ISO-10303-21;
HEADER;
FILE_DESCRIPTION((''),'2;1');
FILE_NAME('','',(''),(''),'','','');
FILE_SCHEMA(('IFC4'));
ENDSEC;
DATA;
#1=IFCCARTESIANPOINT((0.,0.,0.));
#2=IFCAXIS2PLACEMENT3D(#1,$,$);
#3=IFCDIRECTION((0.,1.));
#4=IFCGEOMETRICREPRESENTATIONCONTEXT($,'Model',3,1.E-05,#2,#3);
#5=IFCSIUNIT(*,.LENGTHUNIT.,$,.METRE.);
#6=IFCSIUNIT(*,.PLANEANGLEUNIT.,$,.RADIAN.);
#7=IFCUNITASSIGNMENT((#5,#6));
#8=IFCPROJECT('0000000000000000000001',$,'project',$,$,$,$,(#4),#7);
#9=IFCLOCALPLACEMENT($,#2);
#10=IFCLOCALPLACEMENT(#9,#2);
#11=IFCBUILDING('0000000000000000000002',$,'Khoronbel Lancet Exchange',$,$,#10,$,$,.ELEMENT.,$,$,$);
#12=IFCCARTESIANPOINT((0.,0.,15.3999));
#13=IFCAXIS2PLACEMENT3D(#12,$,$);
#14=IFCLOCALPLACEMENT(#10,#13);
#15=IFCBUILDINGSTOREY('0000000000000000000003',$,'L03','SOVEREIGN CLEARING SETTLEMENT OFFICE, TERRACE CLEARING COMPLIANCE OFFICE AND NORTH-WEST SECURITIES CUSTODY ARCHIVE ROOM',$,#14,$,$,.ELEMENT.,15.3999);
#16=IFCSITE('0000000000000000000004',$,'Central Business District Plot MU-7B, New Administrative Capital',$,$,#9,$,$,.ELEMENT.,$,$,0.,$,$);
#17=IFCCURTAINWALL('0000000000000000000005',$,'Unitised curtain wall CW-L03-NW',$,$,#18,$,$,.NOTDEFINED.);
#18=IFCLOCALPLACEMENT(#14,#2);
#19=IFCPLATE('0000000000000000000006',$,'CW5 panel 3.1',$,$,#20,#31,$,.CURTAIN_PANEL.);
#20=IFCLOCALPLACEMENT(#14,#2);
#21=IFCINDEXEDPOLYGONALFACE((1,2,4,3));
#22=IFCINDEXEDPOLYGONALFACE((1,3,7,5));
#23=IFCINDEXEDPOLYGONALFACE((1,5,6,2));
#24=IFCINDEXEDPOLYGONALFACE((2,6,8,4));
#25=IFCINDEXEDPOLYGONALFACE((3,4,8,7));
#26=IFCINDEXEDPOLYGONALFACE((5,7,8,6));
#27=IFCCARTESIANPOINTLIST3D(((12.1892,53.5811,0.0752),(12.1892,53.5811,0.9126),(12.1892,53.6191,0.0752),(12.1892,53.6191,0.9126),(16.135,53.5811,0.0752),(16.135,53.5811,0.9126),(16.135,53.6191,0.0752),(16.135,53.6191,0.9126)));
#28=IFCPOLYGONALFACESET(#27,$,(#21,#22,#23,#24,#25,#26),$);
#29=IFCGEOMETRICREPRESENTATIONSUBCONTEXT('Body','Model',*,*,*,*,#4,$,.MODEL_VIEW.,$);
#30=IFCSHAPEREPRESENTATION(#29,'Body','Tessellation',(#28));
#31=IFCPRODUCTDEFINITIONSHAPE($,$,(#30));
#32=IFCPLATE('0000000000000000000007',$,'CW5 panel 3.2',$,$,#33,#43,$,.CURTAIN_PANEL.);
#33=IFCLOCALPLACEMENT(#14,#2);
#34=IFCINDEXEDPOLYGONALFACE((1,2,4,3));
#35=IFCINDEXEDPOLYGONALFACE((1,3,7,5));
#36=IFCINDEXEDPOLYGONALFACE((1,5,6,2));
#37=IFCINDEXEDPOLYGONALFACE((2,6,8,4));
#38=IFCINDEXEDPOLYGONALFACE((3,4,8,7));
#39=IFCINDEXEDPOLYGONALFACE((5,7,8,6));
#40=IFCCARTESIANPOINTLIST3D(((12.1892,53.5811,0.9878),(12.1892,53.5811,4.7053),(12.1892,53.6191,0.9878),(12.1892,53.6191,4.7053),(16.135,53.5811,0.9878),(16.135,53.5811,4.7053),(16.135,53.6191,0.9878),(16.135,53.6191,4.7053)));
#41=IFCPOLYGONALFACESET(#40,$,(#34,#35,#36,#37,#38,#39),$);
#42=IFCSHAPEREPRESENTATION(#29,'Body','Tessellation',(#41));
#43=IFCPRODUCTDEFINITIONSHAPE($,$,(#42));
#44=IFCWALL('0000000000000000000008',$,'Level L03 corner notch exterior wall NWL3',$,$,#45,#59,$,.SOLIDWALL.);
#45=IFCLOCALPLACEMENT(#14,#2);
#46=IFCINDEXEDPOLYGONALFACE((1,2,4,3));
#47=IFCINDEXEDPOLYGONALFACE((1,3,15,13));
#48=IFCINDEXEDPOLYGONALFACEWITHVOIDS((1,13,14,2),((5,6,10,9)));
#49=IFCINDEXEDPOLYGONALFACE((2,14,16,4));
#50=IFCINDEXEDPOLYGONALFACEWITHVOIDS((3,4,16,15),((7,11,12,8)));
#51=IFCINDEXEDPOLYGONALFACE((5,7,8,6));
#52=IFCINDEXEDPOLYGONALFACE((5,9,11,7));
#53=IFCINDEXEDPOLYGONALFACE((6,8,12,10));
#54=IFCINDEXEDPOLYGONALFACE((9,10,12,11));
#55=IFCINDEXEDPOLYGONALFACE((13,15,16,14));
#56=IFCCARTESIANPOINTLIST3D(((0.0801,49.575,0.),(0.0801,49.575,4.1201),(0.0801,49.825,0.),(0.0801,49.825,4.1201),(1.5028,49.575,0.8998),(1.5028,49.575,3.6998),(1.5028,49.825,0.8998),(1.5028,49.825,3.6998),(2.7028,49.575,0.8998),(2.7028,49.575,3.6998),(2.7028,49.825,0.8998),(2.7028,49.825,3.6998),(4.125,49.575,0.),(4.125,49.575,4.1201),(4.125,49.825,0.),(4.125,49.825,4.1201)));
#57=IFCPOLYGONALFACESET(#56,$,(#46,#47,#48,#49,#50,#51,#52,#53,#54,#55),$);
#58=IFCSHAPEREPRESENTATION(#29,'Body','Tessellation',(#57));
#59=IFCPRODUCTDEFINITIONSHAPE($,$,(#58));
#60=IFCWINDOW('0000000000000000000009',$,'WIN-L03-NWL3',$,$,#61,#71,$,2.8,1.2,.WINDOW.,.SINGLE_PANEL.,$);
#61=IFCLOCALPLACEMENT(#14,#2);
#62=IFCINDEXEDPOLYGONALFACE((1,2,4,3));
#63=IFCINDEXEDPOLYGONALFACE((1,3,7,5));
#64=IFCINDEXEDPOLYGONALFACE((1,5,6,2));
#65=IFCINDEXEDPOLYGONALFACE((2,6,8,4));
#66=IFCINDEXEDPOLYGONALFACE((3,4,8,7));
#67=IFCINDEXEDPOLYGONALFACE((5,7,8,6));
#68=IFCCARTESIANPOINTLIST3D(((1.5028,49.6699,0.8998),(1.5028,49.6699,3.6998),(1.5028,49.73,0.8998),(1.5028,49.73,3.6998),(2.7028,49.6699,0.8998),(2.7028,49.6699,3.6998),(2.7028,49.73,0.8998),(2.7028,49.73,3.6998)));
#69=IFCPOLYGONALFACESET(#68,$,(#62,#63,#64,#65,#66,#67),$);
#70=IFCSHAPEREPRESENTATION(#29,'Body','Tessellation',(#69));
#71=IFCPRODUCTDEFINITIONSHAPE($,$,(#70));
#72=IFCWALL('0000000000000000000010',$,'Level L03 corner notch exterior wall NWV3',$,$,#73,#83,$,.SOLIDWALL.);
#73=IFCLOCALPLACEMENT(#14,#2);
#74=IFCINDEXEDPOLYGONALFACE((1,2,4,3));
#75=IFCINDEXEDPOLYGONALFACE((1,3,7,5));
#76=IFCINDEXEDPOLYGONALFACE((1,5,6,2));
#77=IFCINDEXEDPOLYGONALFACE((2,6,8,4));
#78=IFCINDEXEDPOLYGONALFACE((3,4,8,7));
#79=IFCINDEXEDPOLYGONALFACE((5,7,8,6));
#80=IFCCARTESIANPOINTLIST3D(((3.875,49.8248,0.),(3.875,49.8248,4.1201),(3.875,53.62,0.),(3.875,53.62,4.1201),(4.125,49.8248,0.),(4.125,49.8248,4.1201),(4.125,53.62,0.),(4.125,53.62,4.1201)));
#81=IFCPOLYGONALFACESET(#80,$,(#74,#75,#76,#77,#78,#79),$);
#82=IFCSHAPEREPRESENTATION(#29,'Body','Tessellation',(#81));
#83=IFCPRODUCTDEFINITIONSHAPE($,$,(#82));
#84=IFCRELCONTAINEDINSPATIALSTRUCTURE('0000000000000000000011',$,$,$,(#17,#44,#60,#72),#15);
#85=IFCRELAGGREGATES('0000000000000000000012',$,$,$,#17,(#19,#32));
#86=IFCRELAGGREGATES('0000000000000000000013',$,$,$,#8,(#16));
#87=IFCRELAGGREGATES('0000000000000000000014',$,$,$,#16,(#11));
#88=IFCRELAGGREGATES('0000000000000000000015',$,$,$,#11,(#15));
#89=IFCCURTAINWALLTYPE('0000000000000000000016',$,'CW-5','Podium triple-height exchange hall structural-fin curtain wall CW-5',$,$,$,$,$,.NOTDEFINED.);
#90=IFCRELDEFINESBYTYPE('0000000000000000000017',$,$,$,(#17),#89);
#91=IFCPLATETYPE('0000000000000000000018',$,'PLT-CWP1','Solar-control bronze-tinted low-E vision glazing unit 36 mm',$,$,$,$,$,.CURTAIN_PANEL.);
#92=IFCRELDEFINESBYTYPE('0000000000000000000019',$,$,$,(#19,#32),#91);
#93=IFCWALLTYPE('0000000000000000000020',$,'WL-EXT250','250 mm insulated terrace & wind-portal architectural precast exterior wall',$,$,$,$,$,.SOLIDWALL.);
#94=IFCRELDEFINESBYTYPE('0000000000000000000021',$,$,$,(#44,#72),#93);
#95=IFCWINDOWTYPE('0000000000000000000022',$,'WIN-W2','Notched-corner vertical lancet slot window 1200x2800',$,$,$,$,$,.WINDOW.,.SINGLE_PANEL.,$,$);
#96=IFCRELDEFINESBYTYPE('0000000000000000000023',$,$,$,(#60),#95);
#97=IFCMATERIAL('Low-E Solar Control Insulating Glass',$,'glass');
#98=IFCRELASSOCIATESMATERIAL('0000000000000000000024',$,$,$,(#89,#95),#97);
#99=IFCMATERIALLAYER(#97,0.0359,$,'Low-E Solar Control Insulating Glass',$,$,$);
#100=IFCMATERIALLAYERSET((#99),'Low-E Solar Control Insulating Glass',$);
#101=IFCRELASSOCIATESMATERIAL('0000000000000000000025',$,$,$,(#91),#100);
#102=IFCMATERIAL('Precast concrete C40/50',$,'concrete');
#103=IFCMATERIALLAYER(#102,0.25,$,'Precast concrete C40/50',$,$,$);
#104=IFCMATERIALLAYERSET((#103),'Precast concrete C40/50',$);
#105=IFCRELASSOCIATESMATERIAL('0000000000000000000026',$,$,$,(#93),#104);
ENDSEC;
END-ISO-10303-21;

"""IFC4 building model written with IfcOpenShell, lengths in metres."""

from ifc_helpers import new_model, si_unit, direction, frame, frame_2d, origin, origin_2d, place, context, subcontext, project, spatial, rectangle, extrude, material, layer, layer_set, type_object, element, fill, aggregate, save


model = new_model("IFC4")

# Units and contexts
model_context = context("Model", 3, precision=1e-05, world=origin(), true_north=direction((0.0, 1.0)))
body_context = subcontext(model_context, "Body", "Model", "MODEL_VIEW")
ifc_project = project(units=[si_unit("LENGTHUNIT", "METRE"), si_unit("PLANEANGLEUNIT", "RADIAN")], contexts=[model_context])

# Site, building, storey
site_placement = place(None, origin())
site = spatial("IfcSite", under=ifc_project, at=site_placement, Name="Central Business District Plot MU-7B, New Administrative Capital", CompositionType="ELEMENT", RefElevation=0.0)
building_placement = place(site_placement, origin())
building = spatial("IfcBuilding", under=site, at=building_placement, Name="Khoronbel Lancet Exchange", CompositionType="ELEMENT")
storey_placement = place(building_placement, frame((0.0, 0.0, 15.3999)))
storey = spatial("IfcBuildingStorey", under=building, at=storey_placement, Name="L03", Description="SOVEREIGN CLEARING SETTLEMENT OFFICE, TERRACE CLEARING COMPLIANCE OFFICE AND NORTH-WEST SECURITIES CUSTODY ARCHIVE ROOM", CompositionType="ELEMENT", Elevation=15.3999)

# Shared definitions
ifc_material_1 = material(Name="Low-E Solar Control Insulating Glass", Category="glass")
curtain_wall_type = type_object("IfcCurtainWallType", Name="CW-5", Description="Podium triple-height exchange hall structural-fin curtain wall CW-5", PredefinedType="NOTDEFINED", material=ifc_material_1)

# Curtain wall, plates
curtain_wall_1_placement = place(storey_placement, origin())
curtain_wall_1 = element("IfcCurtainWall", 1, at=curtain_wall_1_placement, inside=storey, type_object=curtain_wall_type, Name="Unitised curtain wall CW-L03-NW", PredefinedType="NOTDEFINED")
ifc_layer_1 = layer(ifc_material_1, 0.0359, Name="Low-E Solar Control Insulating Glass")
ifc_layer_set_1 = layer_set([ifc_layer_1], Name="Low-E Solar Control Insulating Glass")
plate_type_1 = type_object("IfcPlateType", Name="PLT-CWP1", Description="Solar-control bronze-tinted low-E vision glazing unit 36 mm", PredefinedType="CURTAIN_PANEL", material=ifc_layer_set_1)
plate_1_placement = place(storey_placement, frame((14.1621, 53.6001, 0.0752), z_axis=(0.0, 0.0, 1.0), x_axis=(1.0, 0.0, 0.0)))
plate_1 = element("IfcPlate", 2, at=plate_1_placement, type_object=plate_type_1, Name="CW5 panel 3.1", PredefinedType="CURTAIN_PANEL", context=body_context, shape_type="SweptSolid", body=[
    extrude(rectangle(XDim=3.9458, YDim=0.0381, at=origin_2d()), origin(), (0.0, 0.0, 1.0), 0.8374),
])
plate_2_placement = place(storey_placement, frame((14.1621, 53.6001, 0.9878), z_axis=(0.0, 0.0, 1.0), x_axis=(1.0, 0.0, 0.0)))
plate_2 = element("IfcPlate", 3, at=plate_2_placement, type_object=plate_type_1, Name="CW5 panel 3.2", PredefinedType="CURTAIN_PANEL", context=body_context, shape_type="SweptSolid", body=[
    extrude(rectangle(XDim=3.9458, YDim=0.0381, at=origin_2d()), origin(), (0.0, 0.0, 1.0), 3.7175),
])
aggregate(curtain_wall_1, [plate_1, plate_2])

# Wall, opening, window
ifc_material_2 = material(Name="Precast concrete C40/50", Category="concrete")
ifc_layer_2 = layer(ifc_material_2, 0.25, Name="Precast concrete C40/50")
ifc_layer_set_2 = layer_set([ifc_layer_2], Name="Precast concrete C40/50")
wall_type = type_object("IfcWallType", Name="WL-EXT250", Description="250 mm insulated terrace & wind-portal architectural precast exterior wall", PredefinedType="SOLIDWALL", material=ifc_layer_set_2)
wall_1_placement = place(storey_placement, frame((0.0801, 49.7, 0.0), z_axis=(0.0, 0.0, 1.0), x_axis=(1.0, 0.0, 0.0)))
wall_1 = element("IfcWall", 4, at=wall_1_placement, inside=storey, type_object=wall_type, Name="Level L03 corner notch exterior wall NWL3", PredefinedType="SOLIDWALL", context=body_context, shape_type="SweptSolid", body=[
    extrude(rectangle(XDim=4.0449, YDim=0.25, at=frame_2d((2.0225, 0.0))), origin(), (0.0, 0.0, 1.0), 4.1201),
])
opening_placement = place(wall_1_placement, frame((1.4226, 0.0, 0.8999)))
opening = element("IfcOpeningElement", 5, at=opening_placement, cuts=wall_1, PredefinedType="OPENING", context=body_context, shape_type="SweptSolid", body=[
    extrude(rectangle(XDim=1.2, YDim=2.8, at=frame_2d((0.6001, 1.3999))), frame((0.0, 0.135, 0.0), z_axis=(0.0, -1.0, 0.0), x_axis=(1.0, 0.0, 0.0)), (0.0, 0.0, 1.0), 0.27),
])
window_type = type_object("IfcWindowType", Name="WIN-W2", Description="Notched-corner vertical lancet slot window 1200x2800", PartitioningType="SINGLE_PANEL", PredefinedType="WINDOW", material=ifc_material_1)
window_placement = place(opening_placement, origin())
window = element("IfcWindow", 6, at=window_placement, inside=storey, type_object=window_type, Name="WIN-L03-NWL3", OverallHeight=2.8, OverallWidth=1.2, PartitioningType="SINGLE_PANEL", PredefinedType="WINDOW", context=body_context, shape_type="SweptSolid", body=[
    extrude(rectangle(XDim=1.2, YDim=2.8, at=frame_2d((0.6001, 1.3999))), frame((0.0, 0.03, 0.0), z_axis=(0.0, -1.0, 0.0), x_axis=(1.0, 0.0, 0.0)), (0.0, 0.0, 1.0), 0.0601),
])
fill(opening, window)

# Wall
wall_2_placement = place(storey_placement, frame((4.0, 49.825, 0.0), z_axis=(0.0, 0.0, 1.0), x_axis=(0.0, 1.0, 0.0)))
element("IfcWall", 7, at=wall_2_placement, inside=storey, type_object=wall_type, Name="Level L03 corner notch exterior wall NWV3", PredefinedType="SOLIDWALL", context=body_context, shape_type="SweptSolid", body=[
    extrude(rectangle(XDim=3.7952, YDim=0.25, at=frame_2d((1.8975, 0.0))), origin(), (0.0, 0.0, 1.0), 4.1201),
])

save(model, "model.ifc")
